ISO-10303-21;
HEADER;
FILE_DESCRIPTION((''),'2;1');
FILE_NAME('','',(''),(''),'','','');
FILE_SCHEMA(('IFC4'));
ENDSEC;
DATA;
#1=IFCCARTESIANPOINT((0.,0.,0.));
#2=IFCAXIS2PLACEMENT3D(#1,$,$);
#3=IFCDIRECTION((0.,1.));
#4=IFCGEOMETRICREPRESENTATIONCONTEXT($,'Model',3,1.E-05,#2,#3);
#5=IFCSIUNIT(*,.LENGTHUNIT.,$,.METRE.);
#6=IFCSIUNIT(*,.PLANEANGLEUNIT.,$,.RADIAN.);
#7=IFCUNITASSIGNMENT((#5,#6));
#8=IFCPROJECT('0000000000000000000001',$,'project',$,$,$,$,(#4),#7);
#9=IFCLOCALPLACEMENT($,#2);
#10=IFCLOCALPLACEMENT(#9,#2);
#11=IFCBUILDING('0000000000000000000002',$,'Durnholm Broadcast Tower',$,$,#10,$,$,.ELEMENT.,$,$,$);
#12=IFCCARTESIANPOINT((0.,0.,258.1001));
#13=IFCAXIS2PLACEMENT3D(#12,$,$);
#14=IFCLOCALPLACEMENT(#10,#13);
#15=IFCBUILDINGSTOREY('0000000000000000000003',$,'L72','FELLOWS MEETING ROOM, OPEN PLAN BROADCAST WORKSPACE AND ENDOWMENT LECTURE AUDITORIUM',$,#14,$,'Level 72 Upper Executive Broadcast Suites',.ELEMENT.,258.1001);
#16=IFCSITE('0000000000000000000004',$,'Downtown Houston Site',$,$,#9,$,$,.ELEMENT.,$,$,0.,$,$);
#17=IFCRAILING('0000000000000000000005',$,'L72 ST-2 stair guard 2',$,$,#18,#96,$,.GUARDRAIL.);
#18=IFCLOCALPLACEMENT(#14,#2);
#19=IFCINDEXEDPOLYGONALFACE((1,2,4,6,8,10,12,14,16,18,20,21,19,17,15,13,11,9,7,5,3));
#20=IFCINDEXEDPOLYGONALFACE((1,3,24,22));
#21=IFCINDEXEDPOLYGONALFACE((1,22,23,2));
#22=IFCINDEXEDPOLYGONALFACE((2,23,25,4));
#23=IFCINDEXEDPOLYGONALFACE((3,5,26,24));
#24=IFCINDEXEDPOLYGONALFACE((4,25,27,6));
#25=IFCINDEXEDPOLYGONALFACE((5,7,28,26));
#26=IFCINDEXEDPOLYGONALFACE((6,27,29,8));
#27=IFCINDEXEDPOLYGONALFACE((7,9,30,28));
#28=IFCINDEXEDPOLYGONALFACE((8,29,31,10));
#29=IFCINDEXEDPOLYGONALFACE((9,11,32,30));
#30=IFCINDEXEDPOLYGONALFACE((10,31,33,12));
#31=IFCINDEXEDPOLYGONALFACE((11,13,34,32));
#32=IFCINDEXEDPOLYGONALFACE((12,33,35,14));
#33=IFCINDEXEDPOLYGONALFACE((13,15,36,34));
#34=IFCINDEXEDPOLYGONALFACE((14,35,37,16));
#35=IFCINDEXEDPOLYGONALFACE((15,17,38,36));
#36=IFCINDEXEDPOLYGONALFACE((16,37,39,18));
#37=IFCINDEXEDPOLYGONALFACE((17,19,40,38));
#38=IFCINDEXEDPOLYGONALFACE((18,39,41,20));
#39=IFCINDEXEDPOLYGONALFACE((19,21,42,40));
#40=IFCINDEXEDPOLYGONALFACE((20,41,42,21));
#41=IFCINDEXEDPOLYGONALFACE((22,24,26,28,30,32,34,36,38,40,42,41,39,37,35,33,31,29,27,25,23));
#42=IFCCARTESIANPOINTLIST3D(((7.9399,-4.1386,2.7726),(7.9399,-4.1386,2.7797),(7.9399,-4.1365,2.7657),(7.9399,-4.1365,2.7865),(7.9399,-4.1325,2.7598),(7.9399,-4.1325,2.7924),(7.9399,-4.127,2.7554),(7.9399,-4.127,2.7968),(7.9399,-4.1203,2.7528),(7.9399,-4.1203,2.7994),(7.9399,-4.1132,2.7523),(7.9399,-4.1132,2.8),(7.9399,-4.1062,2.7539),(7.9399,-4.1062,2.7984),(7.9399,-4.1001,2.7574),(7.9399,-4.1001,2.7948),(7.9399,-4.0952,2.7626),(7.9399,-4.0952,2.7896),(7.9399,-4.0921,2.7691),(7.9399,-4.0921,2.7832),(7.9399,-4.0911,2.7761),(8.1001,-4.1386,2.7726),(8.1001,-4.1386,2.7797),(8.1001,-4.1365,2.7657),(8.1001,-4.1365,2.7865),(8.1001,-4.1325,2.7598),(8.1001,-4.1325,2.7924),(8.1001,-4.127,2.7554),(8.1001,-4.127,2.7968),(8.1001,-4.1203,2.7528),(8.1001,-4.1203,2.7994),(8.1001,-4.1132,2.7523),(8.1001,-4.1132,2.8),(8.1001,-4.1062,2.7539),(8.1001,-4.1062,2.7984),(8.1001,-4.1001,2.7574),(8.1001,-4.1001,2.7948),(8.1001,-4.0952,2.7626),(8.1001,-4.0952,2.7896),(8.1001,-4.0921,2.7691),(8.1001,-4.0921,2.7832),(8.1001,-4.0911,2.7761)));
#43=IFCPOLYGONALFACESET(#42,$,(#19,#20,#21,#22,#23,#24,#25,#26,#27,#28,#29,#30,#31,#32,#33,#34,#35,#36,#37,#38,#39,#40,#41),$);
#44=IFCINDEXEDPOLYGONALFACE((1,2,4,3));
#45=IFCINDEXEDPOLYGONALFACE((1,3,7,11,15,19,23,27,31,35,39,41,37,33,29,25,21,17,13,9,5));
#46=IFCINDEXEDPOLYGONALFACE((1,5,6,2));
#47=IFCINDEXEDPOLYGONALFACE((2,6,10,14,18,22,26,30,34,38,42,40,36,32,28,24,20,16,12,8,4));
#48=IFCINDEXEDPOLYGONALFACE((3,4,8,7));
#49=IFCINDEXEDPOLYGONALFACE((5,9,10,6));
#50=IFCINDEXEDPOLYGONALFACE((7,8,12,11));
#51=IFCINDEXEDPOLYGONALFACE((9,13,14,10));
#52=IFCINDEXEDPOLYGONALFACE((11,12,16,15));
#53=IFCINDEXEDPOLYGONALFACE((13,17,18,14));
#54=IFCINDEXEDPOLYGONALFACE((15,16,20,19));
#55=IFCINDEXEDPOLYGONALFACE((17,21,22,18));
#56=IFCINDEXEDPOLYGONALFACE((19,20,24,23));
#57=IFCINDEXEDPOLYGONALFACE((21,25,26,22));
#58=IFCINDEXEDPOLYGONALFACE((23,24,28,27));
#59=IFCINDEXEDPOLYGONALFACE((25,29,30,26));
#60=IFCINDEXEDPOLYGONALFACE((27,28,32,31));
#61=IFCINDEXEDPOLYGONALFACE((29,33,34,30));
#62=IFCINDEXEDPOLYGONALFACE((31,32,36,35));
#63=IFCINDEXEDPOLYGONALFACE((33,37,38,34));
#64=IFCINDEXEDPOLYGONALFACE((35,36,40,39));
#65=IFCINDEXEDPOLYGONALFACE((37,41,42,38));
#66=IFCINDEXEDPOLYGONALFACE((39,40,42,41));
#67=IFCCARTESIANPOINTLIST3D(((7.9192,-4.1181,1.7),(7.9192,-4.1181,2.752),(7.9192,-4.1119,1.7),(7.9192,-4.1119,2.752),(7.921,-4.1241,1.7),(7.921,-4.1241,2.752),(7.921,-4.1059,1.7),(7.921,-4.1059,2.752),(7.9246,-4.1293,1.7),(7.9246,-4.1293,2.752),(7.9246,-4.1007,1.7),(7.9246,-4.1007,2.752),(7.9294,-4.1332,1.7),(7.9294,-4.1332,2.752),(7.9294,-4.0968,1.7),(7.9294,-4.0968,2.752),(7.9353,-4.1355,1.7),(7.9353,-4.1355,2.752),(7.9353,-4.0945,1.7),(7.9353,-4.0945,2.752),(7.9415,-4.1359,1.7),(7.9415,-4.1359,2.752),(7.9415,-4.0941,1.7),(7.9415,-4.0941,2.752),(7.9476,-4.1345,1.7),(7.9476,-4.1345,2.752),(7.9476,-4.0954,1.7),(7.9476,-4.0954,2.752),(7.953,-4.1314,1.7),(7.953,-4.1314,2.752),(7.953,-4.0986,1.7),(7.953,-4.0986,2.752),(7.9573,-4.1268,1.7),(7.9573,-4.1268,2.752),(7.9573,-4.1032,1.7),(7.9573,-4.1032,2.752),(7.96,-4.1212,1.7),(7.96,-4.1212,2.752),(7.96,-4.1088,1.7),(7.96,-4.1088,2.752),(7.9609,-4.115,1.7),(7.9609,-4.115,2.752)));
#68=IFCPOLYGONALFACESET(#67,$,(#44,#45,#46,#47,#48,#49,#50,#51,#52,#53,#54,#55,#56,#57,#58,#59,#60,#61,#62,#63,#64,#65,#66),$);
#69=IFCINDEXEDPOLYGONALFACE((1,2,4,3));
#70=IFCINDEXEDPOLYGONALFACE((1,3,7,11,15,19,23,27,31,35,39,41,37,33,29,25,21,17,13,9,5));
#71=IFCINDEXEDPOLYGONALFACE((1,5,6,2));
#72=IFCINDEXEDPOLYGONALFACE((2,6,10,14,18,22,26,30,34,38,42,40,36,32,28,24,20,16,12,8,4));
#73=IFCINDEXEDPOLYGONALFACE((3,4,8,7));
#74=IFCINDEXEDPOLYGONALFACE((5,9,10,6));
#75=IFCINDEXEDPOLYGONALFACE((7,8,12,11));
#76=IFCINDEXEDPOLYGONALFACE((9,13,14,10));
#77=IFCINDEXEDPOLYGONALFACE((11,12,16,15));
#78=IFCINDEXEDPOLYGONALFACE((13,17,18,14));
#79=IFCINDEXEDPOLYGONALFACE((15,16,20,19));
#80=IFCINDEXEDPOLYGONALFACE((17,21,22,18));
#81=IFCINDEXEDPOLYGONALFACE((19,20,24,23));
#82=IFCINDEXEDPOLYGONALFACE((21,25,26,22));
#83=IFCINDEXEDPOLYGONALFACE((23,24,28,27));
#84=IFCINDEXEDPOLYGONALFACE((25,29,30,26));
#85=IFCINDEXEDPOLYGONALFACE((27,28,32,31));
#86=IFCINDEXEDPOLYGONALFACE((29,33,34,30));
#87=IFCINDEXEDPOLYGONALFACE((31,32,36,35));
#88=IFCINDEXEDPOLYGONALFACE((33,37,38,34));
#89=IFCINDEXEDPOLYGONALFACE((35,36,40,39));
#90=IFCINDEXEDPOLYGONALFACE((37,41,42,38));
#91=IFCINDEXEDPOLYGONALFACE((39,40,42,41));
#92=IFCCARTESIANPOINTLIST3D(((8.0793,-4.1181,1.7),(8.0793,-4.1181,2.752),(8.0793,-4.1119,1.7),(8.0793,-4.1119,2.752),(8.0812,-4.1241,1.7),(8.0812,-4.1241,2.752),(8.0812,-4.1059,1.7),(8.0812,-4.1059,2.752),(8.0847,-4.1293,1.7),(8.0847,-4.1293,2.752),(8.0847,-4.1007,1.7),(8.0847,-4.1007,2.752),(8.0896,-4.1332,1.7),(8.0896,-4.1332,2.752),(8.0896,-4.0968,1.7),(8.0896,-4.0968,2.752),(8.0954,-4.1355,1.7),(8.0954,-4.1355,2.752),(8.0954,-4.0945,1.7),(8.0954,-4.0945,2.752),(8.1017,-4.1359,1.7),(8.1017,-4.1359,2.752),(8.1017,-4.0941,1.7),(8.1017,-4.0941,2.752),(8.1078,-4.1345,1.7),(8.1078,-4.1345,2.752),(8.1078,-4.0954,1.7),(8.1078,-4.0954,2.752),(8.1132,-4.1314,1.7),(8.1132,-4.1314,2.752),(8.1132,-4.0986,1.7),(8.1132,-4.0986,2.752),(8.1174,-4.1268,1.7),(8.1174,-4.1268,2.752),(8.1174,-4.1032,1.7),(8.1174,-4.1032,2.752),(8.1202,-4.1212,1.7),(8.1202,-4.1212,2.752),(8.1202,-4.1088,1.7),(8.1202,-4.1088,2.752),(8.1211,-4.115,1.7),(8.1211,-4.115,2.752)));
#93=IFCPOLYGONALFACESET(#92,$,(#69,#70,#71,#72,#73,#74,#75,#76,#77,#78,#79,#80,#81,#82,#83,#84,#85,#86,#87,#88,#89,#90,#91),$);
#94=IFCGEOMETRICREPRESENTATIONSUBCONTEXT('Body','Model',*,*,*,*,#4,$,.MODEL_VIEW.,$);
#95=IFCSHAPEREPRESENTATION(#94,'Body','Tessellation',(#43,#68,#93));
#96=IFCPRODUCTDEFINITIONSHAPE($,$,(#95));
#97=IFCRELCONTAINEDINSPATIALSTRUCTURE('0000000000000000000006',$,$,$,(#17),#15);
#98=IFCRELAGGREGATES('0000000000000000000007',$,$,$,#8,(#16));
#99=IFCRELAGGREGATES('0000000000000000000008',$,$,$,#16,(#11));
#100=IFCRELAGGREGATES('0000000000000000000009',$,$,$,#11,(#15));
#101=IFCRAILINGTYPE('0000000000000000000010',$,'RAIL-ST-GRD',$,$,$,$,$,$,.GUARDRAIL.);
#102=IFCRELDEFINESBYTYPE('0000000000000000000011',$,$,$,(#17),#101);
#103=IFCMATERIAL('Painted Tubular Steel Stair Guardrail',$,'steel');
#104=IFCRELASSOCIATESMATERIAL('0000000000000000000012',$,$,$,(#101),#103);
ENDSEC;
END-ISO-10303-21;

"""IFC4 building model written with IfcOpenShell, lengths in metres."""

from ifc_helpers import new_model, si_unit, direction, frame, origin, origin_2d, place, context, subcontext, project, spatial, circle, extrude, material, type_object, element, save


model = new_model("IFC4")

# Units and contexts
model_context = context("Model", 3, precision=1e-05, world=origin(), true_north=direction((0.0, 1.0)))
body_context = subcontext(model_context, "Body", "Model", "MODEL_VIEW")
ifc_project = project(units=[si_unit("LENGTHUNIT", "METRE"), si_unit("PLANEANGLEUNIT", "RADIAN")], contexts=[model_context])

# Site, building, storey
site_placement = place(None, origin())
site = spatial("IfcSite", under=ifc_project, at=site_placement, Name="Downtown Houston Site", CompositionType="ELEMENT", RefElevation=0.0)
building_placement = place(site_placement, origin())
building = spatial("IfcBuilding", under=site, at=building_placement, Name="Durnholm Broadcast Tower", CompositionType="ELEMENT")
storey_placement = place(building_placement, frame((0.0, 0.0, 258.1001)))
storey = spatial("IfcBuildingStorey", under=building, at=storey_placement, Name="L72", Description="FELLOWS MEETING ROOM, OPEN PLAN BROADCAST WORKSPACE AND ENDOWMENT LECTURE AUDITORIUM", LongName="Level 72 Upper Executive Broadcast Suites", CompositionType="ELEMENT", Elevation=258.1001)

# Railing
ifc_material_1 = material(Name="Painted Tubular Steel Stair Guardrail", Category="steel")
railing_type_1 = type_object("IfcRailingType", Name="RAIL-ST-GRD", PredefinedType="GUARDRAIL", material=ifc_material_1)
railing_1_placement = place(storey_placement, frame((7.9399, -4.115, 1.7)))
element("IfcRailing", 1, at=railing_1_placement, inside=storey, type_object=railing_type_1, Name="L72 ST-2 stair guard 2", PredefinedType="GUARDRAIL", context=body_context, shape_type="SweptSolid", body=[
    extrude(circle(Radius=0.0239, at=origin_2d()), frame((0.0, 0.0, 1.0762), z_axis=(1.0, 0.0, 0.0), x_axis=(0.0, 1.0, 0.0)), (0.0, 0.0, 1.0), 0.1602),
    extrude(circle(Radius=0.021, at=origin_2d()), origin(), (0.0, 0.0, 1.0), 1.052),
    extrude(circle(Radius=0.021, at=origin_2d()), frame((0.1602, 0.0, 0.0)), (0.0, 0.0, 1.0), 1.052),
])

save(model, "model.ifc")
